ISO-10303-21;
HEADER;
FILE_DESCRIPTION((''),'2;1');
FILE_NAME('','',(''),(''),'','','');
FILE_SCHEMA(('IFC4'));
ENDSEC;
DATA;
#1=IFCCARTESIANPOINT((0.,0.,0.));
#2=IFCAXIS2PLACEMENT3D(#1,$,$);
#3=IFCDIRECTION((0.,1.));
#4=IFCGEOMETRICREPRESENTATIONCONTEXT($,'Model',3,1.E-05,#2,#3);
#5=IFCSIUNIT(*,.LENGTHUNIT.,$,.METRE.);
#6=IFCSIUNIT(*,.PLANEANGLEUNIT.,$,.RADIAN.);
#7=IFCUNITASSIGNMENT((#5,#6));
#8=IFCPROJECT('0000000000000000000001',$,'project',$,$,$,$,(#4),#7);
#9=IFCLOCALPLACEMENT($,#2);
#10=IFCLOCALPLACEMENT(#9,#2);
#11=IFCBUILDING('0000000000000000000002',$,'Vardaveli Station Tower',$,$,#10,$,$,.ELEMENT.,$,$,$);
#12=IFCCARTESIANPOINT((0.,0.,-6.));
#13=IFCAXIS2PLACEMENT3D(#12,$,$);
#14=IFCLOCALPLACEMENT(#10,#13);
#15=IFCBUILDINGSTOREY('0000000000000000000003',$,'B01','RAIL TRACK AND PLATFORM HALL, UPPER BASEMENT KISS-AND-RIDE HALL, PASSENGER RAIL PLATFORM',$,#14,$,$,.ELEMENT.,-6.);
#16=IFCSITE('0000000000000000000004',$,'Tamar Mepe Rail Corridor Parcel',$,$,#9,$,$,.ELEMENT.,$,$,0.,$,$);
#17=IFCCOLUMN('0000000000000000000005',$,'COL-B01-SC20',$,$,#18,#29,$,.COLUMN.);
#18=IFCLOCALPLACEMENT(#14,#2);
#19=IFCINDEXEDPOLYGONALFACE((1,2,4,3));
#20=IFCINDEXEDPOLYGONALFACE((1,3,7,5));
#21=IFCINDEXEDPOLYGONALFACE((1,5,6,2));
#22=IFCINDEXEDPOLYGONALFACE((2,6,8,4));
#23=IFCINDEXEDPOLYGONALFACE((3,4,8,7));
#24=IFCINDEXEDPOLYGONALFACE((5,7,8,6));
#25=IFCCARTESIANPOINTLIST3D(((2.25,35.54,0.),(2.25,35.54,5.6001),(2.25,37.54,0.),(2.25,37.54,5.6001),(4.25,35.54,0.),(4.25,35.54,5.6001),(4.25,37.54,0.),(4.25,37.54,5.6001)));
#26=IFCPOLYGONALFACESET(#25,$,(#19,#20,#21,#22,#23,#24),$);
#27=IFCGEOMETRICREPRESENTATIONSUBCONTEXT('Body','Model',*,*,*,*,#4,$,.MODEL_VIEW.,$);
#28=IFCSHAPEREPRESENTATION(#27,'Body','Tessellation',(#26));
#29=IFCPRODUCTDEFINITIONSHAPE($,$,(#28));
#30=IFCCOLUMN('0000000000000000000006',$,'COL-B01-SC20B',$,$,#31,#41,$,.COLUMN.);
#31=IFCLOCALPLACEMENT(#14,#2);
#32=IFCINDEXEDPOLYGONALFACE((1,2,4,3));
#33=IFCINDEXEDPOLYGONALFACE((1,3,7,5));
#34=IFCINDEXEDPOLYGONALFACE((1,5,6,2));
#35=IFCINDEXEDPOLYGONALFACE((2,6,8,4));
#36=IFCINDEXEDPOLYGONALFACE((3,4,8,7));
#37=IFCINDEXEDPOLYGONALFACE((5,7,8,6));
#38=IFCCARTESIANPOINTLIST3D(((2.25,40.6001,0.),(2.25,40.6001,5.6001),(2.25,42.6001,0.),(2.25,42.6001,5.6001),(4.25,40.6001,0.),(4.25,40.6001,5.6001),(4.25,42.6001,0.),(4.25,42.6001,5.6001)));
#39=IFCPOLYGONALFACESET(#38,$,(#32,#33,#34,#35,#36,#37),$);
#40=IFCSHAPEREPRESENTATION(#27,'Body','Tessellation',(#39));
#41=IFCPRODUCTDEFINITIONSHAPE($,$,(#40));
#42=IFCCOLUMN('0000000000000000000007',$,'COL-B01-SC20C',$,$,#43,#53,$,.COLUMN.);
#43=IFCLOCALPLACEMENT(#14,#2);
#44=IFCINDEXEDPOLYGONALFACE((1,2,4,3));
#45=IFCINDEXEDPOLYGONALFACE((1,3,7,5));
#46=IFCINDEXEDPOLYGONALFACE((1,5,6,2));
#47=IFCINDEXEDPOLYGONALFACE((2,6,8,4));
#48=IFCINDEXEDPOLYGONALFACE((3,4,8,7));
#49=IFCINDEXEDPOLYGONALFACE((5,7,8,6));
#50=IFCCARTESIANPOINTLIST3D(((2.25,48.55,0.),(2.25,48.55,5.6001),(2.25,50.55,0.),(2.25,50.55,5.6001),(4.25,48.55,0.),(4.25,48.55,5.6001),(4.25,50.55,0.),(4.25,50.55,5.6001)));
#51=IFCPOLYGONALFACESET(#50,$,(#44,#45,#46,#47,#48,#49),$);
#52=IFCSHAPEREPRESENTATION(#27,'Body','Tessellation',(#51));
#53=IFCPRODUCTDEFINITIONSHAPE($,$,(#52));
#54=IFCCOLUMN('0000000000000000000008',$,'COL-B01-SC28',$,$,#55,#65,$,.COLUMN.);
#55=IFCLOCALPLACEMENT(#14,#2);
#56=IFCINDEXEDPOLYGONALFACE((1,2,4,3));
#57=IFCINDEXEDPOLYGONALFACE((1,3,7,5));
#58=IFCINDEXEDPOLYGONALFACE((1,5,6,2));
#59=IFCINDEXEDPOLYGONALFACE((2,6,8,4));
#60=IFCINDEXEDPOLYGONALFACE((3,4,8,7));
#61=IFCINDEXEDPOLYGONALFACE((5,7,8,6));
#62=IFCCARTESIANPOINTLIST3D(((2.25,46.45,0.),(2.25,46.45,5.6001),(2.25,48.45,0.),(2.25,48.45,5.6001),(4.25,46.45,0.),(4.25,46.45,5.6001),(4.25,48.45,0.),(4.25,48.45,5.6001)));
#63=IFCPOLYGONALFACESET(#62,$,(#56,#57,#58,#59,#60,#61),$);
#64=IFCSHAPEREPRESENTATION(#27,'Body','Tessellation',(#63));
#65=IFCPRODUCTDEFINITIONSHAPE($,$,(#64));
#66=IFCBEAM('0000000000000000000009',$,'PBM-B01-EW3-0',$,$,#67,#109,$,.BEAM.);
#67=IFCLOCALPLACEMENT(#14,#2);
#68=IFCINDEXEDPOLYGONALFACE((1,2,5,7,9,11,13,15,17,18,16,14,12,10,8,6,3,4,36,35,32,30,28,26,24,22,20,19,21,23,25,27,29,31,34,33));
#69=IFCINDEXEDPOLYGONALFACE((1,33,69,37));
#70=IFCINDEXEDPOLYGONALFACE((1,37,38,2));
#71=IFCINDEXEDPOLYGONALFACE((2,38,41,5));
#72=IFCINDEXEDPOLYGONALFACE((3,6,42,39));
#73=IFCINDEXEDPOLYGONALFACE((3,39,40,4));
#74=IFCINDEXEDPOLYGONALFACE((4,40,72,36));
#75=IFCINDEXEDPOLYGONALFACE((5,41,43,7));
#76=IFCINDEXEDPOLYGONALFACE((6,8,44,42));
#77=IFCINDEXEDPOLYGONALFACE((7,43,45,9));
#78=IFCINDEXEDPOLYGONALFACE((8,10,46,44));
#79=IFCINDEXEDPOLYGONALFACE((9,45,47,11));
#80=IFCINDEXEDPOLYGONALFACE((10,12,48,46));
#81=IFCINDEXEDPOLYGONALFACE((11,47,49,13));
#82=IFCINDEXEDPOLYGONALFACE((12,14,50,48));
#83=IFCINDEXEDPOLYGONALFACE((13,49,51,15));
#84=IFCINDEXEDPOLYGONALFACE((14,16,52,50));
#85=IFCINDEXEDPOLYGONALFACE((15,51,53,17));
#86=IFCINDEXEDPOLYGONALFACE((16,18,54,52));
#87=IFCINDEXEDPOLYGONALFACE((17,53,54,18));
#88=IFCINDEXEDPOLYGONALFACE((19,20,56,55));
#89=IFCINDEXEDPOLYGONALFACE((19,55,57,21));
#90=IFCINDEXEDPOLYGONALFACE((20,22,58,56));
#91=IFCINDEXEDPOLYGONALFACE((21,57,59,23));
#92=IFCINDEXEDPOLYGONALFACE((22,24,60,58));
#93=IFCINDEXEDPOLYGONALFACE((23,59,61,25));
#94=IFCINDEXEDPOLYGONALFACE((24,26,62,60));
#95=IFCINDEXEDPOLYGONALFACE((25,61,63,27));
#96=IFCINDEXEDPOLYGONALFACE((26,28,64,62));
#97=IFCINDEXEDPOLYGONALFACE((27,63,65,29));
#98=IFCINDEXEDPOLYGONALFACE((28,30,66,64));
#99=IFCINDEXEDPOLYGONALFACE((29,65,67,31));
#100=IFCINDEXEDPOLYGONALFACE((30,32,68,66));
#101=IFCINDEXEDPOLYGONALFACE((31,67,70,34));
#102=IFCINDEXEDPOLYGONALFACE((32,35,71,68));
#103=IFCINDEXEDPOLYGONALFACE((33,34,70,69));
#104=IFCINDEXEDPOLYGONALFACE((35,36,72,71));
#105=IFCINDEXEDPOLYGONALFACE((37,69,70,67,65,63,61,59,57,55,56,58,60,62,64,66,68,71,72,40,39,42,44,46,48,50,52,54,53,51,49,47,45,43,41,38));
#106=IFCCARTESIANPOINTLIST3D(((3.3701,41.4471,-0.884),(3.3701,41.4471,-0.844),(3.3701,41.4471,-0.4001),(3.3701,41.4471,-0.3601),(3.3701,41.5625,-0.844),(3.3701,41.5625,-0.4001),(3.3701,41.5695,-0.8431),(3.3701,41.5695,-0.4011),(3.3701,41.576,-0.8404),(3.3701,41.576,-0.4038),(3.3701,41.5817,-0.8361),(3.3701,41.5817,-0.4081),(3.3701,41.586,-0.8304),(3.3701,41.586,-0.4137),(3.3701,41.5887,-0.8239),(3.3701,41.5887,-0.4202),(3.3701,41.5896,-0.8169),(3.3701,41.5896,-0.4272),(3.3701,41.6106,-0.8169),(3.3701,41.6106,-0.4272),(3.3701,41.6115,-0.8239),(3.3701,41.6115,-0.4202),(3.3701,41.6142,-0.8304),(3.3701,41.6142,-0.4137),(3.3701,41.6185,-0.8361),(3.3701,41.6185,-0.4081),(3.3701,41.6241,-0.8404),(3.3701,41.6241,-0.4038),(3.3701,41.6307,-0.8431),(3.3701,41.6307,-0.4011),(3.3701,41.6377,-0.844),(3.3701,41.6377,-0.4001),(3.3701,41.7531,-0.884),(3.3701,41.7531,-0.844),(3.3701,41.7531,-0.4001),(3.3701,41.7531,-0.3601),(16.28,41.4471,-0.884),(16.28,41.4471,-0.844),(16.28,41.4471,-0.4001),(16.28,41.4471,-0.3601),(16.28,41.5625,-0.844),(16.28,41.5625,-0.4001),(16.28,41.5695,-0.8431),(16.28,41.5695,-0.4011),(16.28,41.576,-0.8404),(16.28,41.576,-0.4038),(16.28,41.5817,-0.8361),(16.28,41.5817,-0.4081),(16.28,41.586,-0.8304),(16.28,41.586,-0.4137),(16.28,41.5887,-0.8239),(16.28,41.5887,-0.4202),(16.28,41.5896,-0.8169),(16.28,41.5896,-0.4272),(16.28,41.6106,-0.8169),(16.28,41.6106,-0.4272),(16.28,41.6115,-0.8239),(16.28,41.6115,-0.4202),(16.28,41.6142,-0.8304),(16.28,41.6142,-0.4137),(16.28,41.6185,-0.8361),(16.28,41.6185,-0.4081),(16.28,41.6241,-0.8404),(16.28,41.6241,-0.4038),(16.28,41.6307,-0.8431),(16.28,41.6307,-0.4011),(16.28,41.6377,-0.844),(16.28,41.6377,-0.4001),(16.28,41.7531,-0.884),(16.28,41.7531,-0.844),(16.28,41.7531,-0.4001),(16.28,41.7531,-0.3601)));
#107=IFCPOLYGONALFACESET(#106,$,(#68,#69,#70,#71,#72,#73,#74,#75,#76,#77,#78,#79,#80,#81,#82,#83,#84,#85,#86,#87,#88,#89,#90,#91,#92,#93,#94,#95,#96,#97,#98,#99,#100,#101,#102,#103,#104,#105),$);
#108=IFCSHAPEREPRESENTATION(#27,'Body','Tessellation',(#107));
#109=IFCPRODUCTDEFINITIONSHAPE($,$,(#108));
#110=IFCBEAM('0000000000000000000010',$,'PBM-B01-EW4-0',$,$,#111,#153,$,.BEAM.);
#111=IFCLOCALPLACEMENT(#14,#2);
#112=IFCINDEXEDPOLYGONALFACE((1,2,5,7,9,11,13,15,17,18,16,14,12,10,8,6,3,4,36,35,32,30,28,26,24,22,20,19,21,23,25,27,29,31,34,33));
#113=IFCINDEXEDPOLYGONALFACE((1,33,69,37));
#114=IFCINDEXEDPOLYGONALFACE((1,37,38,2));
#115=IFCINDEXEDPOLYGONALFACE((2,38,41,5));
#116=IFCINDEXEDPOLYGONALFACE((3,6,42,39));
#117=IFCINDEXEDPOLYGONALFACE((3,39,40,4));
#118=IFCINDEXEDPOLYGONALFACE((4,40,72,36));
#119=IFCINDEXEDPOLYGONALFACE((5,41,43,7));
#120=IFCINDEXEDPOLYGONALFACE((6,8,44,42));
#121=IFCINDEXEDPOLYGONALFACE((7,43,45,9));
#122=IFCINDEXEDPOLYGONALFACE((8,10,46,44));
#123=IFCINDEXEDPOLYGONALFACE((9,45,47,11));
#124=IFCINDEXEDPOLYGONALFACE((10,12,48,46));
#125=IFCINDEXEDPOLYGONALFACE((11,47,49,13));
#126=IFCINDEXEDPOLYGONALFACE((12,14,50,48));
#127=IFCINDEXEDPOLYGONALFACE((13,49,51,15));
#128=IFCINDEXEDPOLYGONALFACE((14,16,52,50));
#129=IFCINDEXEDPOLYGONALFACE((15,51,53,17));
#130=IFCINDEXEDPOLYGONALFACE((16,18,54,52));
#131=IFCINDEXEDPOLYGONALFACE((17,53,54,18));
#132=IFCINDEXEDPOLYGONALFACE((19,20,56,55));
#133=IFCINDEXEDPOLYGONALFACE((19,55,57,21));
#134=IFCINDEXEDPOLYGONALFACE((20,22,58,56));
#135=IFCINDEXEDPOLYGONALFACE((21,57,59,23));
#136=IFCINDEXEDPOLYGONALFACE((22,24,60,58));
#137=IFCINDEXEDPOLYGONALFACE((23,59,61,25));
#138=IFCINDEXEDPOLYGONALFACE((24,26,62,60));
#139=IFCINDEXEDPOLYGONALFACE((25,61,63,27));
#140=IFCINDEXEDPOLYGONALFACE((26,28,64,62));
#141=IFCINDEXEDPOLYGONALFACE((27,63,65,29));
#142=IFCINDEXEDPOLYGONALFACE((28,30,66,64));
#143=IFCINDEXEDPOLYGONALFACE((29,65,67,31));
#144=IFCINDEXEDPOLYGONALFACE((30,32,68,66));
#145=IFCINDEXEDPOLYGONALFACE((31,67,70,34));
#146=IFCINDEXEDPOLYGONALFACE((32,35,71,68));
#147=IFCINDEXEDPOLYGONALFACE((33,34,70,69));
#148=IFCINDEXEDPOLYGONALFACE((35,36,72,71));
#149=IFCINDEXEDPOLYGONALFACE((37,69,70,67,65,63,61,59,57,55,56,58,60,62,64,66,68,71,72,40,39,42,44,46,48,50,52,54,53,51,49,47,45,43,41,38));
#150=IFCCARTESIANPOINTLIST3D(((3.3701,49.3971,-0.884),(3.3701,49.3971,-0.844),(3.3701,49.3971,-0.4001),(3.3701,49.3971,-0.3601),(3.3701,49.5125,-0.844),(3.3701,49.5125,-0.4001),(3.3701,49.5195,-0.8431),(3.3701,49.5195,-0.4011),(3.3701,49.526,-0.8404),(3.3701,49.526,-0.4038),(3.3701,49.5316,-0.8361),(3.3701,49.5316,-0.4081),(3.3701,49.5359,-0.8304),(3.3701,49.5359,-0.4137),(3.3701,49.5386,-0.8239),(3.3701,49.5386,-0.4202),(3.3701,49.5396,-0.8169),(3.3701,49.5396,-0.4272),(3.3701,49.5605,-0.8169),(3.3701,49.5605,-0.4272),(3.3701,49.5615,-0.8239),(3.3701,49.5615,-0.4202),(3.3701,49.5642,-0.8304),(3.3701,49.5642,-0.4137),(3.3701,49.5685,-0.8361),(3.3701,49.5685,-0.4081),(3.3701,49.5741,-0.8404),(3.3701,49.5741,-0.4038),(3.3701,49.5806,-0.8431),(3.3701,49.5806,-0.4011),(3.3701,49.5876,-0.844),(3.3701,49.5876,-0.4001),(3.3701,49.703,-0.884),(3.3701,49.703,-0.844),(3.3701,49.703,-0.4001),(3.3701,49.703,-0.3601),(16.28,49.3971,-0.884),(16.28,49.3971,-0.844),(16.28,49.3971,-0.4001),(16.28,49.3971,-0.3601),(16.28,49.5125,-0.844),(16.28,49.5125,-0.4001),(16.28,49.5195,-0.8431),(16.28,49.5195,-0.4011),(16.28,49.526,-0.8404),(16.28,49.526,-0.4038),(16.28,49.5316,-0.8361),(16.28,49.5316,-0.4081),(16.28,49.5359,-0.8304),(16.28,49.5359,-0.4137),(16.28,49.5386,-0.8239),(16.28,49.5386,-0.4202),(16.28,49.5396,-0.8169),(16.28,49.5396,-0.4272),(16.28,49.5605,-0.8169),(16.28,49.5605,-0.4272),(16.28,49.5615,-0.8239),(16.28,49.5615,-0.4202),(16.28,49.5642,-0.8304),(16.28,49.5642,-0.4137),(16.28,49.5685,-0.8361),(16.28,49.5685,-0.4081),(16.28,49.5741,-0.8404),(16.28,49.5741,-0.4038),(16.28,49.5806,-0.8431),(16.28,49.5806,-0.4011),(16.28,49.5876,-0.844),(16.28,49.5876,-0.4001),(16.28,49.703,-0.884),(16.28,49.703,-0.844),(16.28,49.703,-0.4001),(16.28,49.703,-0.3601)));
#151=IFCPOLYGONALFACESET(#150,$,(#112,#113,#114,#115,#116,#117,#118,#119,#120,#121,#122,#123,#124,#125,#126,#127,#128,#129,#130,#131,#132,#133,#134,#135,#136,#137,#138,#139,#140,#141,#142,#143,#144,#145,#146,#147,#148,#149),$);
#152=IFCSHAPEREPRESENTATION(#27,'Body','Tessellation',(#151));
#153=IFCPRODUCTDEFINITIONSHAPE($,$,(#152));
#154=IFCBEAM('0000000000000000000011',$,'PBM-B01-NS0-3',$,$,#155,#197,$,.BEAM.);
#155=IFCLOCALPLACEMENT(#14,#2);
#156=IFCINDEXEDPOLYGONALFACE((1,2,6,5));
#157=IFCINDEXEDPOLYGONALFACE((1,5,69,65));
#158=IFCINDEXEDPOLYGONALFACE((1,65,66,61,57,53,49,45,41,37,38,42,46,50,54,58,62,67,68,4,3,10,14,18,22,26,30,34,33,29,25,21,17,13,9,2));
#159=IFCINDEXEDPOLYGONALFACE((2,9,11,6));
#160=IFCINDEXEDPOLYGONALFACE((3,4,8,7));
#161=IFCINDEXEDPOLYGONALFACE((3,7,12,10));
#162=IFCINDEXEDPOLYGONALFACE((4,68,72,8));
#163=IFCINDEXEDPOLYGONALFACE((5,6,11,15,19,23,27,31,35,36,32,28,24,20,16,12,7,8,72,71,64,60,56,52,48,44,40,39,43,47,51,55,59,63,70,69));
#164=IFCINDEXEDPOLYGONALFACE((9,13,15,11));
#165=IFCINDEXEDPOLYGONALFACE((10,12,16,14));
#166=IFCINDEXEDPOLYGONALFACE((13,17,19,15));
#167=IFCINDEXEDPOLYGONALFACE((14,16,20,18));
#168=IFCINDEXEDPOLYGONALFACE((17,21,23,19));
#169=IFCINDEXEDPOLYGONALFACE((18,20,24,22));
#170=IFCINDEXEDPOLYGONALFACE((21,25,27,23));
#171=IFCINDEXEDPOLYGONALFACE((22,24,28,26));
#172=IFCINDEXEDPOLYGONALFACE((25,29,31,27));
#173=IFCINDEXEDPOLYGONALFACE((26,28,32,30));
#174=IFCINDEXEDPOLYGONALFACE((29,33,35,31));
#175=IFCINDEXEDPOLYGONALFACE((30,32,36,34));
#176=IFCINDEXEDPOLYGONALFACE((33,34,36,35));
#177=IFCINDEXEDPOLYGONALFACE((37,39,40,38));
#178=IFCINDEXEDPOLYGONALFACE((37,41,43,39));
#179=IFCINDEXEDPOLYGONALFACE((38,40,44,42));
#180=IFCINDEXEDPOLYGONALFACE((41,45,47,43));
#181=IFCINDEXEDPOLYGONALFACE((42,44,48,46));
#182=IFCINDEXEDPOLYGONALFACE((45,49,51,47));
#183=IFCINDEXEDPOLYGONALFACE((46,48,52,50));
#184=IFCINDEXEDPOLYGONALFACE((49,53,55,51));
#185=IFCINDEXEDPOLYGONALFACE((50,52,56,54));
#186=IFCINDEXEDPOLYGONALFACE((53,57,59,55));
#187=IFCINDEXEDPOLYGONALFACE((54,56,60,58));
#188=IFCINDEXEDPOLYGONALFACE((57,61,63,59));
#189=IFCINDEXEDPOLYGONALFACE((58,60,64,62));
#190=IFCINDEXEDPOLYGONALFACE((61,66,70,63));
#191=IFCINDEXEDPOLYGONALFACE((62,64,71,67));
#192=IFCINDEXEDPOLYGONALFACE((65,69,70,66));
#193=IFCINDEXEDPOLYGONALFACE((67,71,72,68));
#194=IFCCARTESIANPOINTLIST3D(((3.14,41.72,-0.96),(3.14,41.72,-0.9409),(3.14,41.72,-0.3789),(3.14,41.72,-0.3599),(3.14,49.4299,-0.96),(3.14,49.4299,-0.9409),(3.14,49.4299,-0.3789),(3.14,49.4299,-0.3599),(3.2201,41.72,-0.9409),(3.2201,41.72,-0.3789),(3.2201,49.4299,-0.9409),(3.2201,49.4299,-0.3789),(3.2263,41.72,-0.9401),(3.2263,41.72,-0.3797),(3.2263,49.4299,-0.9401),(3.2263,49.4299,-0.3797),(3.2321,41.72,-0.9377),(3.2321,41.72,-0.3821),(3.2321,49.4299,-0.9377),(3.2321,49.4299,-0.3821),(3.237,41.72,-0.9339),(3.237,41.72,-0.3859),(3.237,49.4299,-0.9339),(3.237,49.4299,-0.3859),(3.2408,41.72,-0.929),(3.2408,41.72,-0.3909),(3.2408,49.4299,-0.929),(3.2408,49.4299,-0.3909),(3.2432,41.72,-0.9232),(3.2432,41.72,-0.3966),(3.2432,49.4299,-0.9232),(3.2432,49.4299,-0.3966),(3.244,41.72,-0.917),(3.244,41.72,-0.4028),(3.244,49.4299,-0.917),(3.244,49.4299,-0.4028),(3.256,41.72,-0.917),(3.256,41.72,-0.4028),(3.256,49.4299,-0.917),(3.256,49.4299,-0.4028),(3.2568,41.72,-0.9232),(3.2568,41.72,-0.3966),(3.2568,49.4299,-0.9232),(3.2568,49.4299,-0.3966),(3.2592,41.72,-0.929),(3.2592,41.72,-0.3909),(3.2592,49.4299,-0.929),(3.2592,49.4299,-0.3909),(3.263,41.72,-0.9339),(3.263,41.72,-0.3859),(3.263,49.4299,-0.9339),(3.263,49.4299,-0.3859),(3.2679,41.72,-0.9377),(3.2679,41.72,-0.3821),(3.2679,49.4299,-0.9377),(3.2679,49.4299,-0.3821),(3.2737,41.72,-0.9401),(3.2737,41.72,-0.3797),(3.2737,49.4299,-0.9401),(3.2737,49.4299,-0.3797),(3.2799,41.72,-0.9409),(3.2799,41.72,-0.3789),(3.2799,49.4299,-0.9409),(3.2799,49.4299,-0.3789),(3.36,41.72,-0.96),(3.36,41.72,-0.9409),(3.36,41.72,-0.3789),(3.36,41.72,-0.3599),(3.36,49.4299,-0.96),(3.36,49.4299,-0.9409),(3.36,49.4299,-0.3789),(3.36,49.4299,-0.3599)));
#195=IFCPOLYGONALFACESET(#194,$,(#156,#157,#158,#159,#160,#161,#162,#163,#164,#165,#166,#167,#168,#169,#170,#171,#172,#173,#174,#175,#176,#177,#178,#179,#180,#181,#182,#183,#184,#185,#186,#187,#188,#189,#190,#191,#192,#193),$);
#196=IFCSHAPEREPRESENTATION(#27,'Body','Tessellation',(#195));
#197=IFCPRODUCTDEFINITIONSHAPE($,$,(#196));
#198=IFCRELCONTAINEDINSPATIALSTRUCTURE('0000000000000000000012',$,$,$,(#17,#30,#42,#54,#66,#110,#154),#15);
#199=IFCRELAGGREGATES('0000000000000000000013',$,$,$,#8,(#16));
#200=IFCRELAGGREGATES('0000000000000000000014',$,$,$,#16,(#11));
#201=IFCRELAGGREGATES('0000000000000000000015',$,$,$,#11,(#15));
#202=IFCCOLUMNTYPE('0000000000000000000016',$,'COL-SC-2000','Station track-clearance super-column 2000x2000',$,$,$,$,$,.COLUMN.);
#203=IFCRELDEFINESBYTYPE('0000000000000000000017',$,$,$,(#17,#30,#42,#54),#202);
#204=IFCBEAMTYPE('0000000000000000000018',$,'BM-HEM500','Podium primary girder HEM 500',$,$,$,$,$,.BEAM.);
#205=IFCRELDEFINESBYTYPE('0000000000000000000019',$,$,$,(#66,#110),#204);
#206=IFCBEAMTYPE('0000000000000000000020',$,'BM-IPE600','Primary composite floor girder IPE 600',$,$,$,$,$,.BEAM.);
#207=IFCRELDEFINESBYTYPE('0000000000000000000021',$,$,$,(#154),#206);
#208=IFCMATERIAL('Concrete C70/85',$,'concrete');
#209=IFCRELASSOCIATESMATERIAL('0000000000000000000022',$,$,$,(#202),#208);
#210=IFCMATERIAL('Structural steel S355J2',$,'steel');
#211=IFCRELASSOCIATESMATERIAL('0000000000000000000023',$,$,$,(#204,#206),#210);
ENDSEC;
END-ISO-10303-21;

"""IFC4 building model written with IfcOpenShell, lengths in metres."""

from ifc_helpers import new_model, si_unit, direction, frame, origin, origin_2d, place, context, subcontext, project, spatial, rectangle, i_section, extrude, source, transform, mapped, material, material_profile, profile_set, type_object, element, save


model = new_model("IFC4")

# Units and contexts
model_context = context("Model", 3, precision=1e-05, world=origin(), true_north=direction((0.0, 1.0)))
body_context = subcontext(model_context, "Body", "Model", "MODEL_VIEW")
ifc_project = project(units=[si_unit("LENGTHUNIT", "METRE"), si_unit("PLANEANGLEUNIT", "RADIAN")], contexts=[model_context])

# Site, building, storey
site_placement = place(None, origin())
site = spatial("IfcSite", under=ifc_project, at=site_placement, Name="Tamar Mepe Rail Corridor Parcel", CompositionType="ELEMENT", RefElevation=0.0)
building_placement = place(site_placement, origin())
building = spatial("IfcBuilding", under=site, at=building_placement, Name="Vardaveli Station Tower", CompositionType="ELEMENT")
storey_placement = place(building_placement, frame((0.0, 0.0, -6.0)))
storey = spatial("IfcBuildingStorey", under=building, at=storey_placement, Name="B01", Description="RAIL TRACK AND PLATFORM HALL, UPPER BASEMENT KISS-AND-RIDE HALL, PASSENGER RAIL PLATFORM", CompositionType="ELEMENT", Elevation=-6.0)

# Columns
ifc_material_1 = material(Name="Concrete C70/85", Category="concrete")
ifc_material_profile_1 = material_profile(ifc_material_1, rectangle(XDim=2.0, YDim=2.0, at=origin_2d()), Name="SC 2000x2000")
ifc_profile_set_1 = profile_set([ifc_material_profile_1], Name="Concrete C70/85")
column_type = type_object("IfcColumnType", Name="COL-SC-2000", Description="Station track-clearance super-column 2000x2000", PredefinedType="COLUMN", material=ifc_profile_set_1)
shared_shape_1 = source(origin(), body_context, "Body", "SweptSolid", [
    extrude(rectangle(XDim=2.0, YDim=2.0, at=origin_2d()), origin(), (0.0, 0.0, 1.0), 5.6001),
])
for number, where, z_axis, x_axis, name in (
    (1, (3.25, 36.54, 0.0), (0.0, 0.0, 1.0), (1.0, 0.0, 0.0), "COL-B01-SC20"),
    (2, (3.25, 41.6001, 0.0), (0.0, 0.0, 1.0), (1.0, 0.0, 0.0), "COL-B01-SC20B"),
    (3, (3.25, 49.55, 0.0), (0.0, 0.0, 1.0), (1.0, 0.0, 0.0), "COL-B01-SC20C"),
    (4, (3.25, 47.45, 0.0), (0.0, 0.0, 1.0), (1.0, 0.0, 0.0), "COL-B01-SC28"),
):
    element("IfcColumn", number, at=place(storey_placement, frame(where, z_axis=z_axis, x_axis=x_axis)), inside=storey, type_object=column_type, Name=name, PredefinedType="COLUMN", context=body_context, shape_type="MappedRepresentation", body=[
        mapped(shared_shape_1, transform((0.0, 0.0, 0.0), scale=1.0)),
    ])

# Beams
ifc_material_2 = material(Name="Structural steel S355J2", Category="steel")
ifc_material_profile_2 = material_profile(ifc_material_2, i_section(OverallWidth=0.3059, OverallDepth=0.5239, WebThickness=0.021, FlangeThickness=0.04, FilletRadius=0.0271, at=origin_2d()), Name="HEM 500")
ifc_profile_set_2 = profile_set([ifc_material_profile_2], Name="Structural steel S355J2")
beam_type_1 = type_object("IfcBeamType", Name="BM-HEM500", Description="Podium primary girder HEM 500", PredefinedType="BEAM", material=ifc_profile_set_2)
shared_shape_2 = source(origin(), body_context, "Body", "SweptSolid", [
    extrude(i_section(OverallWidth=0.3059, OverallDepth=0.5239, WebThickness=0.021, FlangeThickness=0.04, FilletRadius=0.0271, at=origin_2d()), origin(), (0.0, 0.0, 1.0), 12.9099),
])
for number, where, z_axis, x_axis, name in (
    (5, (3.3701, 41.6001, -0.6221), (1.0, 0.0, 0.0), (0.0, 1.0, 0.0), "PBM-B01-EW3-0"),
    (6, (3.3701, 49.55, -0.6221), (1.0, 0.0, 0.0), (0.0, 1.0, 0.0), "PBM-B01-EW4-0"),
):
    element("IfcBeam", number, at=place(storey_placement, frame(where, z_axis=z_axis, x_axis=x_axis)), inside=storey, type_object=beam_type_1, Name=name, PredefinedType="BEAM", context=body_context, shape_type="MappedRepresentation", body=[
        mapped(shared_shape_2, transform((0.0, 0.0, 0.0), scale=1.0)),
    ])
ifc_material_profile_3 = material_profile(ifc_material_2, i_section(OverallWidth=0.22, OverallDepth=0.6001, WebThickness=0.012, FlangeThickness=0.019, FilletRadius=0.0239, at=origin_2d()), Name="IPE 600")
ifc_profile_set_3 = profile_set([ifc_material_profile_3], Name="Structural steel S355J2")
beam_type_2 = type_object("IfcBeamType", Name="BM-IPE600", Description="Primary composite floor girder IPE 600", PredefinedType="BEAM", material=ifc_profile_set_3)
shared_shape_3 = source(origin(), body_context, "Body", "SweptSolid", [
    extrude(i_section(OverallWidth=0.22, OverallDepth=0.6001, WebThickness=0.012, FlangeThickness=0.019, FilletRadius=0.0239, at=origin_2d()), origin(), (0.0, 0.0, 1.0), 7.71),
])
beam_placement = place(storey_placement, frame((3.25, 41.72, -0.6599), z_axis=(0.0, 1.0, 0.0), x_axis=(-1.0, 0.0, 0.0)))
element("IfcBeam", 7, at=beam_placement, inside=storey, type_object=beam_type_2, Name="PBM-B01-NS0-3", PredefinedType="BEAM", context=body_context, shape_type="MappedRepresentation", body=[
    mapped(shared_shape_3, transform((0.0, 0.0, 0.0), scale=1.0)),
])

save(model, "model.ifc")
